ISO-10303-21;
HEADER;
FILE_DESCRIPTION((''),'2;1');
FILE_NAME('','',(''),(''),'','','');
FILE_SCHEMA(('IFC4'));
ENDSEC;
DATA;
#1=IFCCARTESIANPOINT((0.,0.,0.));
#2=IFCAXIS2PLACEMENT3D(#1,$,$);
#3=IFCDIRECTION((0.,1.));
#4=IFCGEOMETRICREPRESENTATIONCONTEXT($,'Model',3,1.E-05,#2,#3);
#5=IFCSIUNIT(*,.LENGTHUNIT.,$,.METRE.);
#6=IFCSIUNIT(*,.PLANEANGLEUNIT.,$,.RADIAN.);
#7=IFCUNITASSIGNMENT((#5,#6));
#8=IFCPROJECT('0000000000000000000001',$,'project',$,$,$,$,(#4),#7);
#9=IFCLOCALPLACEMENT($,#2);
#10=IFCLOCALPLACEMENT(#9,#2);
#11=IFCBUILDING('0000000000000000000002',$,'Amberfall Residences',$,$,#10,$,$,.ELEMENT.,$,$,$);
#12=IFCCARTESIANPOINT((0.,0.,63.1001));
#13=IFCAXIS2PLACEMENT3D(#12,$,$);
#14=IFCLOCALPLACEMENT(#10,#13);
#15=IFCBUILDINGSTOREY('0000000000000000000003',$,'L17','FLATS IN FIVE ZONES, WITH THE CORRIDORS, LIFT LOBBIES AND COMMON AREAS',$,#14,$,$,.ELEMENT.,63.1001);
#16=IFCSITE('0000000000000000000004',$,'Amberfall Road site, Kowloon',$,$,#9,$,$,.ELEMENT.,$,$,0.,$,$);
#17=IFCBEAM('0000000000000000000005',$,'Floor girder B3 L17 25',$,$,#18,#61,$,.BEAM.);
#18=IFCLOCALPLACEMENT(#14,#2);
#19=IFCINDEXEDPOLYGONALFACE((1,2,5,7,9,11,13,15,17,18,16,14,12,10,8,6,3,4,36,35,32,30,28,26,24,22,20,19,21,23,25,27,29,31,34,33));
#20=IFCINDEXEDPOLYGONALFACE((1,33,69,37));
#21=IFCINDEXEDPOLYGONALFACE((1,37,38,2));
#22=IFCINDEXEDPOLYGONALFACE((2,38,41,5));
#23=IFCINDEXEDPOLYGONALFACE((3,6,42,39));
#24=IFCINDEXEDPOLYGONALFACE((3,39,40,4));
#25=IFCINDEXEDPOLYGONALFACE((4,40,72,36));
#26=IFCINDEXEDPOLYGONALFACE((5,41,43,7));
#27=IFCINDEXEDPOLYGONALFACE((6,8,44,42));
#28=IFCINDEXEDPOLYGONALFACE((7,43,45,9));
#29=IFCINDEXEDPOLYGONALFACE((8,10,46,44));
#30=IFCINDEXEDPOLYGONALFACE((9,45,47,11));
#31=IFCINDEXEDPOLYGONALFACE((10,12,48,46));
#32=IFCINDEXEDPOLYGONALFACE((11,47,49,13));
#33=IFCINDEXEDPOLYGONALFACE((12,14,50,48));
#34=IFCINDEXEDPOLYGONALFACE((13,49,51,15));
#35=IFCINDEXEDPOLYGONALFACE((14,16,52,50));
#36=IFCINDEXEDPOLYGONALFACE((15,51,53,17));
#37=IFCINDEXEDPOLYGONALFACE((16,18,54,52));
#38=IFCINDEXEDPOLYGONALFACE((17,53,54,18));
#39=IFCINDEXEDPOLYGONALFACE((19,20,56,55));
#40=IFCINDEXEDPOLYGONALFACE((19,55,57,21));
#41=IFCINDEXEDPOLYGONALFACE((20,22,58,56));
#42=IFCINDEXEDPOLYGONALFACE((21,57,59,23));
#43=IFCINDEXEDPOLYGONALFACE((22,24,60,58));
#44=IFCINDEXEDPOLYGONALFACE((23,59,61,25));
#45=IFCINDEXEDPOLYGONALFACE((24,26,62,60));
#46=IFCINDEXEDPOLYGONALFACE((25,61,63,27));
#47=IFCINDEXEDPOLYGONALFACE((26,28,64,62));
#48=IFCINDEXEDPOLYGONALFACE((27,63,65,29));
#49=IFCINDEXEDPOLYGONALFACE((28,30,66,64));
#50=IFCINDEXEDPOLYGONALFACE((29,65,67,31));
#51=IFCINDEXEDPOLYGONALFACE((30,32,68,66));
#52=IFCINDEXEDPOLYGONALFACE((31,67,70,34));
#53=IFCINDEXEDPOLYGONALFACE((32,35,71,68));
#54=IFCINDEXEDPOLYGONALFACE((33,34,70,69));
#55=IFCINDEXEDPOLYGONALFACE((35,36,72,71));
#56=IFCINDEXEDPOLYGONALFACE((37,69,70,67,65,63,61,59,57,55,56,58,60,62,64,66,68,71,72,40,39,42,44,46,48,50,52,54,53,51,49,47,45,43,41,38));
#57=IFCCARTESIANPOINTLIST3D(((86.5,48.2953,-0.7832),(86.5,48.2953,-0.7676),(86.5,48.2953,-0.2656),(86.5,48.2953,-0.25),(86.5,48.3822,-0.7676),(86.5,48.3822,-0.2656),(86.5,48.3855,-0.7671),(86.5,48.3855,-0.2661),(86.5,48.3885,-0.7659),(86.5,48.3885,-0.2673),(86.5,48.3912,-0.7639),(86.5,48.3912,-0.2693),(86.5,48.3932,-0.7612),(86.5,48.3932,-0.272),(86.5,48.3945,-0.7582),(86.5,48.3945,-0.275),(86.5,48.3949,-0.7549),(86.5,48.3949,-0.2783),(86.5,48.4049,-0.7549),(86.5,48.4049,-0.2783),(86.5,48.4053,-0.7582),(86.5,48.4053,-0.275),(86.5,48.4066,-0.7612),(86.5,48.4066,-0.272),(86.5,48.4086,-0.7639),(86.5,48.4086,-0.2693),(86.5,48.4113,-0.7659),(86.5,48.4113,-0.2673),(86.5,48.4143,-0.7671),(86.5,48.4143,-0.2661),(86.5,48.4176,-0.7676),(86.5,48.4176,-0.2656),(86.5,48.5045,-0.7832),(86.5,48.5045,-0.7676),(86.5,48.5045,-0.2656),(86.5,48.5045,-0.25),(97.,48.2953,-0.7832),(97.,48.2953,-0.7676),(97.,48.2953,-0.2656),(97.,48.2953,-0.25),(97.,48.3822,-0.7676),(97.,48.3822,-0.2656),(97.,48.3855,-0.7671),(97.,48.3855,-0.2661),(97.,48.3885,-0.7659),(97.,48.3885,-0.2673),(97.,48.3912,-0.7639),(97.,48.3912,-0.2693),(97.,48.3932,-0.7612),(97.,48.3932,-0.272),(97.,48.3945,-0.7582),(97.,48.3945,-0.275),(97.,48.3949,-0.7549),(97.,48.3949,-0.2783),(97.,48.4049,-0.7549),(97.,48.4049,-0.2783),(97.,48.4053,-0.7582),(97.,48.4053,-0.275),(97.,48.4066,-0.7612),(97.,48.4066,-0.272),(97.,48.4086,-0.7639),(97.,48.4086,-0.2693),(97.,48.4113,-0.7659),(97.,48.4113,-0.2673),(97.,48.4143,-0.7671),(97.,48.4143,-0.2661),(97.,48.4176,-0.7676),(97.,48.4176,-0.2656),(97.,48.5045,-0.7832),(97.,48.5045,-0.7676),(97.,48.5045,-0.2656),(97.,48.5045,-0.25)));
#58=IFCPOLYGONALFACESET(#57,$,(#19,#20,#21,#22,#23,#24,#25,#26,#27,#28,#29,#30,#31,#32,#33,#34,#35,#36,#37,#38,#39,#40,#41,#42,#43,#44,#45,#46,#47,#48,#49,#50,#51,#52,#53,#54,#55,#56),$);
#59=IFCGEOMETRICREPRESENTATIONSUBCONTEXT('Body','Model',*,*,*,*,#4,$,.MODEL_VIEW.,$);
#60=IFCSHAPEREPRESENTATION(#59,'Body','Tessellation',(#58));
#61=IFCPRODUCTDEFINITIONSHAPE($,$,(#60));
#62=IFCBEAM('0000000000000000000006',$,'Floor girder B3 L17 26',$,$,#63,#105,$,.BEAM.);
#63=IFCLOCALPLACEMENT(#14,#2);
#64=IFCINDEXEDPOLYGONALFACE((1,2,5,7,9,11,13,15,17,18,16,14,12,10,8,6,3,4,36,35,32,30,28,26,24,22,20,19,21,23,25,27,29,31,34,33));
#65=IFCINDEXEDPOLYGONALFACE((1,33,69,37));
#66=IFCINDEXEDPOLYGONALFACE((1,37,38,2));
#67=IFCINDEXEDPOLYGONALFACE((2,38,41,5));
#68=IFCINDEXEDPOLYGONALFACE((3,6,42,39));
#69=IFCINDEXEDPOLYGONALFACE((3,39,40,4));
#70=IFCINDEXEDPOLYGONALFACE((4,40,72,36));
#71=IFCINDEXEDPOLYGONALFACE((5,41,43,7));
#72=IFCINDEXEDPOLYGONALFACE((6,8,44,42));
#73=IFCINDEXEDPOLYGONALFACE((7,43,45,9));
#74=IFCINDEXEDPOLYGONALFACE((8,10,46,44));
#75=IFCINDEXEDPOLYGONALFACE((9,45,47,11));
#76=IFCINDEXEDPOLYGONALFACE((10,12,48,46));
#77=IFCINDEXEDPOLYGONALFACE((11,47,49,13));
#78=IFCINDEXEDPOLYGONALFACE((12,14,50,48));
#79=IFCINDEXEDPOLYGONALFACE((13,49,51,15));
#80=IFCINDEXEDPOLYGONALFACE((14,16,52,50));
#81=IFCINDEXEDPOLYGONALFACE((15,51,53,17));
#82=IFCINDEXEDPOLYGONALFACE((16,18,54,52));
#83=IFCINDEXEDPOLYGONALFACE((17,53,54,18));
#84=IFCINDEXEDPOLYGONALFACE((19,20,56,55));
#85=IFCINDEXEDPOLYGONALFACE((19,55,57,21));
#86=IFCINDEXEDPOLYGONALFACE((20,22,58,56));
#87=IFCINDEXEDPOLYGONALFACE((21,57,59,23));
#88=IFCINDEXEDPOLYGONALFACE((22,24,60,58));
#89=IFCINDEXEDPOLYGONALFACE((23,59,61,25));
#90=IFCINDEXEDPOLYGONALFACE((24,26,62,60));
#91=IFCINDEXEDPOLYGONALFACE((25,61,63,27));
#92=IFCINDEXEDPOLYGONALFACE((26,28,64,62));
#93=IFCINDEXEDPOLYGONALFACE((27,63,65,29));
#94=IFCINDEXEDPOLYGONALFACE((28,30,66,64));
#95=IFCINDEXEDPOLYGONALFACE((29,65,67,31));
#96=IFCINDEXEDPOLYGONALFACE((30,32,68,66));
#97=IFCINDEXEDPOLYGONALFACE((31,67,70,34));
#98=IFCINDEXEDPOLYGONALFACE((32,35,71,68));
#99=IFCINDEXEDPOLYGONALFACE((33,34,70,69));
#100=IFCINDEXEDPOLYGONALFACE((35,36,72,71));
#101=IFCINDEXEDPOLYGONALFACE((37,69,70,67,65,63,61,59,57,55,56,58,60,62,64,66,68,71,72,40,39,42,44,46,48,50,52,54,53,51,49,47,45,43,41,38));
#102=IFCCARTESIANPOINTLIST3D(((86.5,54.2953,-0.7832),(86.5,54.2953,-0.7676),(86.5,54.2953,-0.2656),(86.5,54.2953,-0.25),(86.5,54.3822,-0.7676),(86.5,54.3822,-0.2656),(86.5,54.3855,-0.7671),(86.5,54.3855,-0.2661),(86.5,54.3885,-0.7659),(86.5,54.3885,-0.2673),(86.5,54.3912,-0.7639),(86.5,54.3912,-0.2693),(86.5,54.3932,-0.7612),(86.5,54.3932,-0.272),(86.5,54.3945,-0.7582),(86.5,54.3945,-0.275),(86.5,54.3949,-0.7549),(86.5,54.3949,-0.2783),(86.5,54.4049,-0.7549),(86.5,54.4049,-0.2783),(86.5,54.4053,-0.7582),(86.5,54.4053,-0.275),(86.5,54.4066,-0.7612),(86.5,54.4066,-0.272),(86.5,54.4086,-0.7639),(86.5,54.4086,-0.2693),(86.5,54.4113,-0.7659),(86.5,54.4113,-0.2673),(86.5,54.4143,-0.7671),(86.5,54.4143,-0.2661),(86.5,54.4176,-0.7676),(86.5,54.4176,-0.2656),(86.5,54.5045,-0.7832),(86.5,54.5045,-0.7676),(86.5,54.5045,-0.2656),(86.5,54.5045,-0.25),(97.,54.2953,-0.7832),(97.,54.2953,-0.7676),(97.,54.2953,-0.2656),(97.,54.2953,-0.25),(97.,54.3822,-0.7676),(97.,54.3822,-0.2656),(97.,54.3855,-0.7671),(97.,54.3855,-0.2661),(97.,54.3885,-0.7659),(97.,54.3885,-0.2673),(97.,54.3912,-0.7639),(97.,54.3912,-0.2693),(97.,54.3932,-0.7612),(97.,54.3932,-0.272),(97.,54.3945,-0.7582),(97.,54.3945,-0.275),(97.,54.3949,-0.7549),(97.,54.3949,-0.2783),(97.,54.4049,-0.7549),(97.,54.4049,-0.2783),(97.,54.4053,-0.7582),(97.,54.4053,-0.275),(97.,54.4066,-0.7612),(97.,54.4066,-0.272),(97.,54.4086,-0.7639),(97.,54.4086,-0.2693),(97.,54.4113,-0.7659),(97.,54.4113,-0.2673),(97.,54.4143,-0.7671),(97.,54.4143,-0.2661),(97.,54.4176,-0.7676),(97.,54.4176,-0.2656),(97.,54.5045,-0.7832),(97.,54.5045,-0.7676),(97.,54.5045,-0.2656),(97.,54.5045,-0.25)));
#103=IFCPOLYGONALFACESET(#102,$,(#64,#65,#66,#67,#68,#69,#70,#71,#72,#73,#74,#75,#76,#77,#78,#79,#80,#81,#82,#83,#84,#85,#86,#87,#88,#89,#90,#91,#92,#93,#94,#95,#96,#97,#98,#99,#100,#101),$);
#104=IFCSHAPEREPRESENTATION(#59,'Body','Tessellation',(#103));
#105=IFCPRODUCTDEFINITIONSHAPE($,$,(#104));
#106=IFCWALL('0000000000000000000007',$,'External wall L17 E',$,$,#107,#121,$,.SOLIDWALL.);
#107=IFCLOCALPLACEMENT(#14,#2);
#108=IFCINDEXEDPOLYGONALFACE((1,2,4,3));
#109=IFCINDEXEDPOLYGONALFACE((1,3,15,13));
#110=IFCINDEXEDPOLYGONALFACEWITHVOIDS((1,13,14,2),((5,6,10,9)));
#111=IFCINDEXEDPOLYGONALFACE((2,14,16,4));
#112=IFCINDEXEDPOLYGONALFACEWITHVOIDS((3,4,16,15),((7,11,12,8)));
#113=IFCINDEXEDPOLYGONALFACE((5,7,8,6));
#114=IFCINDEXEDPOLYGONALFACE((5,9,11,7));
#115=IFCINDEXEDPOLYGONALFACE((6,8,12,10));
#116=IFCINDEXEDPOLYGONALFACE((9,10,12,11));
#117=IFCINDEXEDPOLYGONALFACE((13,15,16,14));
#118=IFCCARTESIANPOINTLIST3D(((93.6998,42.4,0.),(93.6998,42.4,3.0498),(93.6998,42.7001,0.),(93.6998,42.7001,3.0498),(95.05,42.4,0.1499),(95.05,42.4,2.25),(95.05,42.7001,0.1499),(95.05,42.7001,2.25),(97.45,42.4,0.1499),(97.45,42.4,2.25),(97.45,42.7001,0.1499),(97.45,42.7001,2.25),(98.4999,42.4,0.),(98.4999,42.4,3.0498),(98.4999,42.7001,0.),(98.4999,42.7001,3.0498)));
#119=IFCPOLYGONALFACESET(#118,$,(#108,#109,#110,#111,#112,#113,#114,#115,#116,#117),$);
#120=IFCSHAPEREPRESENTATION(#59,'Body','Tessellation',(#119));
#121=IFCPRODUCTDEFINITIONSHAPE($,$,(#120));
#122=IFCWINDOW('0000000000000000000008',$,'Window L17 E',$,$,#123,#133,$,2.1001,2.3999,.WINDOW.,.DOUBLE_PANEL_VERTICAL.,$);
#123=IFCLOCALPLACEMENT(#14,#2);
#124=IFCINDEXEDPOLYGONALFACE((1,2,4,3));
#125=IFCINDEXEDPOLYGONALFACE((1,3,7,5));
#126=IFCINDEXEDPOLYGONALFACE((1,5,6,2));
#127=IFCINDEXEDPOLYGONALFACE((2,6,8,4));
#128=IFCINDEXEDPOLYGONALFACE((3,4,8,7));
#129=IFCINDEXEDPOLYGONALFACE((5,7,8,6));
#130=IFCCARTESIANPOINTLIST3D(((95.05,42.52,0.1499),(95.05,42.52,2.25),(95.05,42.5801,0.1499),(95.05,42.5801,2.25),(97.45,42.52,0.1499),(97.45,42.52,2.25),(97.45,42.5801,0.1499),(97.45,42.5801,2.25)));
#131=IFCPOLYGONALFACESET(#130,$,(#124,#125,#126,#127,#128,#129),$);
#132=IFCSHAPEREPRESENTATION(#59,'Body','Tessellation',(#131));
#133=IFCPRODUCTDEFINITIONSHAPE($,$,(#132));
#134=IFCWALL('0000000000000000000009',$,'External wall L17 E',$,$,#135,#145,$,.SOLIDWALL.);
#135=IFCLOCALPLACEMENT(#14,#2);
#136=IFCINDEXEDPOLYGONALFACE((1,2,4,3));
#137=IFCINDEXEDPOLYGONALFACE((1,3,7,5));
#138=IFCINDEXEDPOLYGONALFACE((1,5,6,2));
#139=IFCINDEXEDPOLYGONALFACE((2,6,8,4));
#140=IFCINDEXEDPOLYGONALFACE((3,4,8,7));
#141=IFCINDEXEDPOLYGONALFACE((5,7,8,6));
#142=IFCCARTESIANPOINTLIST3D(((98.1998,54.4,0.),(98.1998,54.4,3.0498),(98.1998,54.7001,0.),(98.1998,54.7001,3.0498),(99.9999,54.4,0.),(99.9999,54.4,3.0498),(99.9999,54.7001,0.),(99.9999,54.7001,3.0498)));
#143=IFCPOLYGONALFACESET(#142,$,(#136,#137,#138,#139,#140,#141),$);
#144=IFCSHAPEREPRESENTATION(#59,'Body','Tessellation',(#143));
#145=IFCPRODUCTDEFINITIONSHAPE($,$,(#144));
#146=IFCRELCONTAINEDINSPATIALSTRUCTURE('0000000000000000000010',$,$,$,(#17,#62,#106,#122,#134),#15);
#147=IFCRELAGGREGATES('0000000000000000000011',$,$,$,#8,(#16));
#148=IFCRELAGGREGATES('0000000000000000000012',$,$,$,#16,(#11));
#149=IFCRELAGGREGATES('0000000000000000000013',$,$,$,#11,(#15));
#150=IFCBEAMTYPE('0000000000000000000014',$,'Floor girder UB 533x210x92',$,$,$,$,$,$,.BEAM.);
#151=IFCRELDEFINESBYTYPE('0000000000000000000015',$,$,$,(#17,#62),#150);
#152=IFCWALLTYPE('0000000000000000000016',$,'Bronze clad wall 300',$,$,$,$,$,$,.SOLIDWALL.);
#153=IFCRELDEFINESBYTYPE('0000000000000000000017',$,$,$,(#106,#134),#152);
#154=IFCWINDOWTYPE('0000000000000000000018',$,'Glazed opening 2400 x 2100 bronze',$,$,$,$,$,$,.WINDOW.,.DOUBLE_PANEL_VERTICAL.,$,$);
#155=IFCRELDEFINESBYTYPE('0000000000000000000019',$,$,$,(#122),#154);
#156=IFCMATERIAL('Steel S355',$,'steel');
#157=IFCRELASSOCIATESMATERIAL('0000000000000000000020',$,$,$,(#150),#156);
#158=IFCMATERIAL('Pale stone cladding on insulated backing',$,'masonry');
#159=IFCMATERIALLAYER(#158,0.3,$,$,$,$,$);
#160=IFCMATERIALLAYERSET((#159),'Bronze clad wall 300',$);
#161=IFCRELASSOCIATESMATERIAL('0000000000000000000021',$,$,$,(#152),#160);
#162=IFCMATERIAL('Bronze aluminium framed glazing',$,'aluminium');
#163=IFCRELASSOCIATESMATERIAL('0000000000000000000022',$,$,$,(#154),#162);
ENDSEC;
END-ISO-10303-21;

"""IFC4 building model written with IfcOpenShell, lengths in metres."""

from ifc_helpers import new_model, si_unit, direction, frame, frame_2d, origin, origin_2d, place, context, subcontext, project, spatial, rectangle, i_section, extrude, material, layer, layer_set, material_profile, profile_set, type_object, element, fill, save


model = new_model("IFC4")

# Units and contexts
model_context = context("Model", 3, precision=1e-05, world=origin(), true_north=direction((0.0, 1.0)))
body_context = subcontext(model_context, "Body", "Model", "MODEL_VIEW")
ifc_project = project(units=[si_unit("LENGTHUNIT", "METRE"), si_unit("PLANEANGLEUNIT", "RADIAN")], contexts=[model_context])

# Site, building, storey
site_placement = place(None, origin())
site = spatial("IfcSite", under=ifc_project, at=site_placement, Name="Amberfall Road site, Kowloon", CompositionType="ELEMENT", RefElevation=0.0)
building_placement = place(site_placement, origin())
building = spatial("IfcBuilding", under=site, at=building_placement, Name="Amberfall Residences", CompositionType="ELEMENT")
storey_placement = place(building_placement, frame((0.0, 0.0, 63.1001)))
storey = spatial("IfcBuildingStorey", under=building, at=storey_placement, Name="L17", Description="FLATS IN FIVE ZONES, WITH THE CORRIDORS, LIFT LOBBIES AND COMMON AREAS", CompositionType="ELEMENT", Elevation=63.1001)

# Shared definitions
ifc_material_1 = material(Name="Steel S355", Category="steel")

# Beams
ifc_material_profile_1 = material_profile(ifc_material_1, i_section(OverallWidth=0.2092, OverallDepth=0.5332, WebThickness=0.01, FlangeThickness=0.0156, FilletRadius=0.0127, at=origin_2d()), Name="UB 533x210x92")
ifc_profile_set_1 = profile_set([ifc_material_profile_1], Name="Steel S355")
beam_type_1 = type_object("IfcBeamType", Name="Floor girder UB 533x210x92", PredefinedType="BEAM", material=ifc_profile_set_1)
for number, where, z_axis, x_axis, name in (
    (1, (97.0, 48.3999, -0.5166), (-1.0, 0.0, 0.0), (0.0, -1.0, 0.0), "Floor girder B3 L17 25"),
    (2, (97.0, 54.3999, -0.5166), (-1.0, 0.0, 0.0), (0.0, -1.0, 0.0), "Floor girder B3 L17 26"),
):
    element("IfcBeam", number, at=place(storey_placement, frame(where, z_axis=z_axis, x_axis=x_axis)), inside=storey, type_object=beam_type_1, Name=name, PredefinedType="BEAM", context=body_context, shape_type="SweptSolid", body=[
        extrude(i_section(OverallWidth=0.2092, OverallDepth=0.5332, WebThickness=0.01, FlangeThickness=0.0156, FilletRadius=0.0127, at=origin_2d()), origin(), (0.0, 0.0, 1.0), 10.5),
    ])

# Wall, opening, window
ifc_material_2 = material(Name="Pale stone cladding on insulated backing", Category="masonry")
ifc_layer_1 = layer(ifc_material_2, 0.3)
ifc_layer_set_1 = layer_set([ifc_layer_1], Name="Bronze clad wall 300")
wall_type_1 = type_object("IfcWallType", Name="Bronze clad wall 300", PredefinedType="SOLIDWALL", material=ifc_layer_set_1)
wall_1_placement = place(storey_placement, frame((93.7, 42.55, 0.0), z_axis=(0.0, 0.0, 1.0), x_axis=(1.0, 0.0, 0.0)))
wall_1 = element("IfcWall", 3, at=wall_1_placement, inside=storey, type_object=wall_type_1, Name="External wall L17 E", PredefinedType="SOLIDWALL", context=body_context, shape_type="SweptSolid", body=[
    extrude(rectangle(XDim=4.8, YDim=0.3, at=frame_2d((2.3999, 0.0))), origin(), (0.0, 0.0, 1.0), 3.0498),
])
opening_1_placement = place(wall_1_placement, frame((1.3501, 0.0, 0.1499)))
opening_1 = element("IfcOpeningElement", 4, at=opening_1_placement, cuts=wall_1, PredefinedType="OPENING", context=body_context, shape_type="SweptSolid", body=[
    extrude(rectangle(XDim=2.3999, YDim=2.1001, at=frame_2d((1.2, 1.05))), frame((0.0, 0.1599, 0.0), z_axis=(0.0, -1.0, 0.0), x_axis=(1.0, 0.0, 0.0)), (0.0, 0.0, 1.0), 0.3201),
])
ifc_material_3 = material(Name="Bronze aluminium framed glazing", Category="aluminium")
window_type_1 = type_object("IfcWindowType", Name="Glazed opening 2400 x 2100 bronze", PartitioningType="DOUBLE_PANEL_VERTICAL", PredefinedType="WINDOW", material=ifc_material_3)
window_1_placement = place(opening_1_placement, origin())
window_1 = element("IfcWindow", 5, at=window_1_placement, inside=storey, type_object=window_type_1, Name="Window L17 E", OverallHeight=2.1001, OverallWidth=2.3999, PartitioningType="DOUBLE_PANEL_VERTICAL", PredefinedType="WINDOW", context=body_context, shape_type="SweptSolid", body=[
    extrude(rectangle(XDim=2.3999, YDim=2.1001, at=frame_2d((1.2, 1.05))), frame((0.0, 0.03, 0.0), z_axis=(0.0, -1.0, 0.0), x_axis=(1.0, 0.0, 0.0)), (0.0, 0.0, 1.0), 0.0601),
])
fill(opening_1, window_1)

# Wall
wall_2_placement = place(storey_placement, frame((98.2, 54.55, 0.0), z_axis=(0.0, 0.0, 1.0), x_axis=(1.0, 0.0, 0.0)))
element("IfcWall", 6, at=wall_2_placement, inside=storey, type_object=wall_type_1, Name="External wall L17 E", PredefinedType="SOLIDWALL", context=body_context, shape_type="SweptSolid", body=[
    extrude(rectangle(XDim=1.8, YDim=0.3, at=frame_2d((0.8999, 0.0))), origin(), (0.0, 0.0, 1.0), 3.0498),
])

save(model, "model.ifc")
